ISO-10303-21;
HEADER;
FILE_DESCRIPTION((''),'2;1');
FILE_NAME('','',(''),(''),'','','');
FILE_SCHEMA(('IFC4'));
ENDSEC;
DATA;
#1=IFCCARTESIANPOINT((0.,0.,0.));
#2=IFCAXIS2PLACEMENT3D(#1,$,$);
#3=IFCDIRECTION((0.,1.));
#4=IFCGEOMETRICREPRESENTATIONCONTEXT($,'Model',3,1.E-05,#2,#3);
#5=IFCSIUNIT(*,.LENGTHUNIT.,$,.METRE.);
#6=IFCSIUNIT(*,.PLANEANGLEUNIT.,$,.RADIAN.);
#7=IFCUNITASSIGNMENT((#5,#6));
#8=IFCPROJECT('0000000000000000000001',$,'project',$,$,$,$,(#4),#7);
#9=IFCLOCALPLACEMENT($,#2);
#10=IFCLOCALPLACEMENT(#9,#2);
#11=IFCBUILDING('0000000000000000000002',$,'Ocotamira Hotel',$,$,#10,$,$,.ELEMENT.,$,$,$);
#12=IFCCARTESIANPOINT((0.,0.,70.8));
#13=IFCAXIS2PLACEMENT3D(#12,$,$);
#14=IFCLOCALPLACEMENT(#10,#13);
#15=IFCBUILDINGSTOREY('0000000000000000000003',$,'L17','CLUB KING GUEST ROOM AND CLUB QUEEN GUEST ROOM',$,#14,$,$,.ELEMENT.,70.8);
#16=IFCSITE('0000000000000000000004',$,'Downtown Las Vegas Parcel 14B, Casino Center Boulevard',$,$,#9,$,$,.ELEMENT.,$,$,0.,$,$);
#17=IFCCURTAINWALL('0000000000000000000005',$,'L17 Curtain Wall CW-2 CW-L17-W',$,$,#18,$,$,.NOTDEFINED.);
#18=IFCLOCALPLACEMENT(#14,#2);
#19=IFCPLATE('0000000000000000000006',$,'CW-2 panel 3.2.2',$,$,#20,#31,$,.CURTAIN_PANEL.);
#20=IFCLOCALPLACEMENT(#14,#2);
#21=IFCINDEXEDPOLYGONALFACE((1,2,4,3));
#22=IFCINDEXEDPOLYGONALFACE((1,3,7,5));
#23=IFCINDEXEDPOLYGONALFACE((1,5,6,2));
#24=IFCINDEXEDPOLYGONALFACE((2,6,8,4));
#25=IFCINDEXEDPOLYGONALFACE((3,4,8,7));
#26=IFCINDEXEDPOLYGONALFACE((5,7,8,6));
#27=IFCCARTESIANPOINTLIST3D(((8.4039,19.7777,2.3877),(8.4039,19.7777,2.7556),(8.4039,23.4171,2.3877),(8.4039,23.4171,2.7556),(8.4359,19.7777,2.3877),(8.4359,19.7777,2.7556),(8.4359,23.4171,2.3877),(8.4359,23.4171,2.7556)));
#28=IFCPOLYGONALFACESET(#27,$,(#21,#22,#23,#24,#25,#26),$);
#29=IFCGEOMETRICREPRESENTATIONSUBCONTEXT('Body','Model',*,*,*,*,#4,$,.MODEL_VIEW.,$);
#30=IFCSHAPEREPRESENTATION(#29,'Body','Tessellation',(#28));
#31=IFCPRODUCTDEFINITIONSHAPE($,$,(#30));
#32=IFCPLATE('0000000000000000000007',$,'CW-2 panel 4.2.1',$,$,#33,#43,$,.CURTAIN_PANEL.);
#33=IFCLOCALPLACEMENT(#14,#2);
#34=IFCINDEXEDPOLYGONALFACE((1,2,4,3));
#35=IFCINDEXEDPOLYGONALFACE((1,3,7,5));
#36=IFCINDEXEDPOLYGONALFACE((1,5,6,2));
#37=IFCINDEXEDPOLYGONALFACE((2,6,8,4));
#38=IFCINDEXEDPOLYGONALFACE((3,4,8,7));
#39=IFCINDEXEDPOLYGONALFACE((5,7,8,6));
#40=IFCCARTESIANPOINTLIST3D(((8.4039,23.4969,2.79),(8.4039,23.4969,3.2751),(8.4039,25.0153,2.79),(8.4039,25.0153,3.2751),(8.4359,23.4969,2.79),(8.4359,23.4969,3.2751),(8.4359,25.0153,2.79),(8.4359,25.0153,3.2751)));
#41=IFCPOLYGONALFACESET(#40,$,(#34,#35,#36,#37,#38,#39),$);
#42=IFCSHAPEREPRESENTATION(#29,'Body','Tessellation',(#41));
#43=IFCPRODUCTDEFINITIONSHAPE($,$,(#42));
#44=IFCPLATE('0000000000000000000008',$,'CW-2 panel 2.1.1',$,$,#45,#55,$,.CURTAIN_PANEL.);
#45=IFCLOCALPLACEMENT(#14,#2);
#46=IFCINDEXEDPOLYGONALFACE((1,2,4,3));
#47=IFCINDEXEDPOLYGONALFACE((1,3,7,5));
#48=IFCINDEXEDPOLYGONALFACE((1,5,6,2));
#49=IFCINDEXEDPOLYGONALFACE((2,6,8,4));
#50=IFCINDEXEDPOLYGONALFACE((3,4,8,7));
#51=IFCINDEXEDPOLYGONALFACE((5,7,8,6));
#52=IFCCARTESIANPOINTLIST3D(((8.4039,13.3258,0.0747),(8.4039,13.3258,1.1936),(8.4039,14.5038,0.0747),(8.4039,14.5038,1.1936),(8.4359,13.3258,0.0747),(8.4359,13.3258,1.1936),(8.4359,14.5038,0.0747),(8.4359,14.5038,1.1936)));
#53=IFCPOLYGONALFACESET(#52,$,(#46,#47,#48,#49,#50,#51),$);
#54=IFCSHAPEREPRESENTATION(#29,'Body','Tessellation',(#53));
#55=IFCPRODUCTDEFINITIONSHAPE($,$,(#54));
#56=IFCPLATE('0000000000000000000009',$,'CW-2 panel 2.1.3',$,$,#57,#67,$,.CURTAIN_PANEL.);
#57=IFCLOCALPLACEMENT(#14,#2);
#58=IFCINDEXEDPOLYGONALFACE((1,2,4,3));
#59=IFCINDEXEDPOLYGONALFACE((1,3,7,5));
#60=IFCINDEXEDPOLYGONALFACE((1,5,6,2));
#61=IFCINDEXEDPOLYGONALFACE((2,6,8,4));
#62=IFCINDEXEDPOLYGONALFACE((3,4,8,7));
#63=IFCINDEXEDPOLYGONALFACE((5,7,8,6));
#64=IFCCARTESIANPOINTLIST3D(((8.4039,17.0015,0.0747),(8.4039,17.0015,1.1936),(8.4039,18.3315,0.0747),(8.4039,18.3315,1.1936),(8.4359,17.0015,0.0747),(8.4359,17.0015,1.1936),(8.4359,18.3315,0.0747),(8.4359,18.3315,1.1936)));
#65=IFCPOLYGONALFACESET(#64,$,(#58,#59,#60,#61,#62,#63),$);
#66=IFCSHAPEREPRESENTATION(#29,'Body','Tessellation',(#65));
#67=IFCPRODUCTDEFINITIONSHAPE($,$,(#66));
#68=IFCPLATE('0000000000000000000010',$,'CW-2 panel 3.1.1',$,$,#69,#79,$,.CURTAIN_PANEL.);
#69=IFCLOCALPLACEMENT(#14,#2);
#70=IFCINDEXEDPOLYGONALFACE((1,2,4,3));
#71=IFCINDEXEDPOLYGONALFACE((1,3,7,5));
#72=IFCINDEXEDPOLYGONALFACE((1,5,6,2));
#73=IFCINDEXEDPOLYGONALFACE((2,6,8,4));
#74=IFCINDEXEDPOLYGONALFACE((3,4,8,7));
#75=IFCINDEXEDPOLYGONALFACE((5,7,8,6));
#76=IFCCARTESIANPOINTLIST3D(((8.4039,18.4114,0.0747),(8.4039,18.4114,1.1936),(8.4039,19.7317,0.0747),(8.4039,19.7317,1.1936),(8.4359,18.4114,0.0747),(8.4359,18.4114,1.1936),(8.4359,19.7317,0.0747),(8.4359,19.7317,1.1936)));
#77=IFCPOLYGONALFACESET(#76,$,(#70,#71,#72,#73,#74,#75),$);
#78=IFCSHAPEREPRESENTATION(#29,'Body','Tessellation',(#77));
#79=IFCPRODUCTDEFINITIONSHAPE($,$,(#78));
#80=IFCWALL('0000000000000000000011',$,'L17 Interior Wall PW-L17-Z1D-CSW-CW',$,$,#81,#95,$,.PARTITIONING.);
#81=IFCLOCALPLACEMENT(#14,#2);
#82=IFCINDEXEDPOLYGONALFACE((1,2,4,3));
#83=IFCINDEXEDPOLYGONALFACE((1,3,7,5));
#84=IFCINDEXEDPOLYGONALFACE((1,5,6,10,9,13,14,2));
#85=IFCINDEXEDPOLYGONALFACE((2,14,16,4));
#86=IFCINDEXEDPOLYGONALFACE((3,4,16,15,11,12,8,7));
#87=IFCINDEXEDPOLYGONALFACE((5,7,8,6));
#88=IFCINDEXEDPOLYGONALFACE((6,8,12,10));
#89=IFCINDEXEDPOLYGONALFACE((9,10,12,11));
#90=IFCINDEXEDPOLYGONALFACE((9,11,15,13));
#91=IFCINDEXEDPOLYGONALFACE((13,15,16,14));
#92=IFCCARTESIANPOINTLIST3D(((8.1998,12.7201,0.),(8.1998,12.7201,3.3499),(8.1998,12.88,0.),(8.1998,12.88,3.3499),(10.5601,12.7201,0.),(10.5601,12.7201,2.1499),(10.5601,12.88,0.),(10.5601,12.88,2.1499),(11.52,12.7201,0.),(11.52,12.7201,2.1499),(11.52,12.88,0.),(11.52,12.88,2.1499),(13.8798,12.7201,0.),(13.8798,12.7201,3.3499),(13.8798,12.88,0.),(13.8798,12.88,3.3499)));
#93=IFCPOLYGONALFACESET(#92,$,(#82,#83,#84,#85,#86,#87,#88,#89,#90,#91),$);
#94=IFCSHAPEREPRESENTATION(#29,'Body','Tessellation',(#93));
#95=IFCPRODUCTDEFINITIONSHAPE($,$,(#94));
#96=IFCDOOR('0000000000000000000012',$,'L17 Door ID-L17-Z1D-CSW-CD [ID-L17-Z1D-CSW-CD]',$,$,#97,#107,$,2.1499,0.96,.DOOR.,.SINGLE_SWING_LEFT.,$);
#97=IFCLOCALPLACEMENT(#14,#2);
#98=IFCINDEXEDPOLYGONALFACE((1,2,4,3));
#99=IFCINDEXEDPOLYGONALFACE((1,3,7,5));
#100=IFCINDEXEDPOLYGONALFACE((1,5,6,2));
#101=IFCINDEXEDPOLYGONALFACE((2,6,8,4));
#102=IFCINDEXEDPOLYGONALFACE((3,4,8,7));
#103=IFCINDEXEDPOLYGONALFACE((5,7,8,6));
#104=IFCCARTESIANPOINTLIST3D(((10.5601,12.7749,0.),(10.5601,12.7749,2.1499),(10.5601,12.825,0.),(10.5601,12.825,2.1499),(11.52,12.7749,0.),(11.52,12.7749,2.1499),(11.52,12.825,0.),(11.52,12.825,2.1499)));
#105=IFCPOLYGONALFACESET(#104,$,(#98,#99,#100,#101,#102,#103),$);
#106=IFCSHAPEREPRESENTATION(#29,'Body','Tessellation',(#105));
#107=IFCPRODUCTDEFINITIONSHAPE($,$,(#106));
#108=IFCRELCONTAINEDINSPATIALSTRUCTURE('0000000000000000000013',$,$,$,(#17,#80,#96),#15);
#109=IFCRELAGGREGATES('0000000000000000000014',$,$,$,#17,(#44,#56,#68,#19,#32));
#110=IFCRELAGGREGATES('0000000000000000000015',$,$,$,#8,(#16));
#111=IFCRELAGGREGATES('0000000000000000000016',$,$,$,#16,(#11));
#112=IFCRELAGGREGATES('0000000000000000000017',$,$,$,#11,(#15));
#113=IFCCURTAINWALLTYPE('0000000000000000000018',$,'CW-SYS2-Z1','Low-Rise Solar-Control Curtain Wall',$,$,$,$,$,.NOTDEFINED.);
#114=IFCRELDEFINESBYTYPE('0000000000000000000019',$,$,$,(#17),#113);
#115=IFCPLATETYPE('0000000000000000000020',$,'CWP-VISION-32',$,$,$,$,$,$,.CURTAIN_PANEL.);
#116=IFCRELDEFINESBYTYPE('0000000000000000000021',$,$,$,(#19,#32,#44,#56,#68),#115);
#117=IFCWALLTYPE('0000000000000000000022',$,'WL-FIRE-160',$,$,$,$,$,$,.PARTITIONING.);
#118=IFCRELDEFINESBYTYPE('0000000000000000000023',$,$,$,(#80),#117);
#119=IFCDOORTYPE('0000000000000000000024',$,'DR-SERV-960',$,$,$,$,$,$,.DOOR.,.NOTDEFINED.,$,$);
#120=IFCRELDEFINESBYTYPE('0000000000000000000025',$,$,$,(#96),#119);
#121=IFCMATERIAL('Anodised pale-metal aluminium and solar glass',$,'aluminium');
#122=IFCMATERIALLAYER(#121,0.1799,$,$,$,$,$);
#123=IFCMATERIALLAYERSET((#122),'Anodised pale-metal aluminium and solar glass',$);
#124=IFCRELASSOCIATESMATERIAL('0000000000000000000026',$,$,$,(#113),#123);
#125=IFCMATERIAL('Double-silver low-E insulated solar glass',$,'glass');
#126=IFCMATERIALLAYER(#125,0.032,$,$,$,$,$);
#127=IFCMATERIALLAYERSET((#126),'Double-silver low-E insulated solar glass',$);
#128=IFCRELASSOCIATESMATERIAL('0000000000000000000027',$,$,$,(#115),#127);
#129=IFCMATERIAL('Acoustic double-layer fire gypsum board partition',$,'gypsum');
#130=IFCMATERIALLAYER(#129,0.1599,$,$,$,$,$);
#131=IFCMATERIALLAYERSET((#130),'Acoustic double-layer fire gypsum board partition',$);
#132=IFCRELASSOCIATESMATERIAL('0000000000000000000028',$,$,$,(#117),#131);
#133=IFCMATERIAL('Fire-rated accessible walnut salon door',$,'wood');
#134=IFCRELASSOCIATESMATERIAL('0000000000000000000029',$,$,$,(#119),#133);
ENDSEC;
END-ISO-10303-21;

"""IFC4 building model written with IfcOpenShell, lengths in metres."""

from ifc_helpers import new_model, si_unit, direction, frame, frame_2d, origin, origin_2d, place, context, subcontext, project, spatial, rectangle, extrude, source, transform, mapped, material, layer, layer_set, type_object, element, fill, aggregate, save


model = new_model("IFC4")

# Units and contexts
model_context = context("Model", 3, precision=1e-05, world=origin(), true_north=direction((0.0, 1.0)))
body_context = subcontext(model_context, "Body", "Model", "MODEL_VIEW")
ifc_project = project(units=[si_unit("LENGTHUNIT", "METRE"), si_unit("PLANEANGLEUNIT", "RADIAN")], contexts=[model_context])

# Site, building, storey
site_placement = place(None, origin())
site = spatial("IfcSite", under=ifc_project, at=site_placement, Name="Downtown Las Vegas Parcel 14B, Casino Center Boulevard", CompositionType="ELEMENT", RefElevation=0.0)
building_placement = place(site_placement, origin())
building = spatial("IfcBuilding", under=site, at=building_placement, Name="Ocotamira Hotel", CompositionType="ELEMENT")
storey_placement = place(building_placement, frame((0.0, 0.0, 70.8)))
storey = spatial("IfcBuildingStorey", under=building, at=storey_placement, Name="L17", Description="CLUB KING GUEST ROOM AND CLUB QUEEN GUEST ROOM", CompositionType="ELEMENT", Elevation=70.8)

# Curtain wall
ifc_material_1 = material(Name="Anodised pale-metal aluminium and solar glass", Category="aluminium")
ifc_layer_1 = layer(ifc_material_1, 0.1799)
ifc_layer_set_1 = layer_set([ifc_layer_1], Name="Anodised pale-metal aluminium and solar glass")
curtain_wall_type = type_object("IfcCurtainWallType", Name="CW-SYS2-Z1", Description="Low-Rise Solar-Control Curtain Wall", PredefinedType="NOTDEFINED", material=ifc_layer_set_1)
curtain_wall_placement = place(storey_placement, origin())
curtain_wall = element("IfcCurtainWall", 1, at=curtain_wall_placement, inside=storey, type_object=curtain_wall_type, Name="L17 Curtain Wall CW-2 CW-L17-W", PredefinedType="NOTDEFINED")

# Plates
ifc_material_2 = material(Name="Double-silver low-E insulated solar glass", Category="glass")
ifc_layer_2 = layer(ifc_material_2, 0.032)
ifc_layer_set_2 = layer_set([ifc_layer_2], Name="Double-silver low-E insulated solar glass")
plate_type_1 = type_object("IfcPlateType", Name="CWP-VISION-32", PredefinedType="CURTAIN_PANEL", material=ifc_layer_set_2)
shared_shape_1 = source(origin(), body_context, "Body", "SweptSolid", [
    extrude(rectangle(XDim=3.6394, YDim=0.032, at=origin_2d()), origin(), (0.0, 0.0, 1.0), 0.3679),
])
plate_1_placement = place(storey_placement, frame((8.4199, 21.5974, 2.3877), z_axis=(0.0, 0.0, 1.0), x_axis=(0.0, 1.0, 0.0)))
plate_1 = element("IfcPlate", 2, at=plate_1_placement, type_object=plate_type_1, Name="CW-2 panel 3.2.2", PredefinedType="CURTAIN_PANEL", context=body_context, shape_type="MappedRepresentation", body=[
    mapped(shared_shape_1, transform((0.0, 0.0, 0.0), scale=1.0)),
])
shared_shape_2 = source(origin(), body_context, "Body", "SweptSolid", [
    extrude(rectangle(XDim=1.5183, YDim=0.032, at=origin_2d()), origin(), (0.0, 0.0, 1.0), 0.4851),
])
plate_2_placement = place(storey_placement, frame((8.4199, 24.2561, 2.79), z_axis=(0.0, 0.0, 1.0), x_axis=(0.0, 1.0, 0.0)))
plate_2 = element("IfcPlate", 3, at=plate_2_placement, type_object=plate_type_1, Name="CW-2 panel 4.2.1", PredefinedType="CURTAIN_PANEL", context=body_context, shape_type="MappedRepresentation", body=[
    mapped(shared_shape_2, transform((0.0, 0.0, 0.0), scale=1.0)),
])
shared_shape_3 = source(origin(), body_context, "Body", "SweptSolid", [
    extrude(rectangle(XDim=1.178, YDim=0.032, at=origin_2d()), origin(), (0.0, 0.0, 1.0), 1.1189),
])
plate_3_placement = place(storey_placement, frame((8.4199, 13.9148, 0.0747), z_axis=(0.0, 0.0, 1.0), x_axis=(0.0, 1.0, 0.0)))
plate_3 = element("IfcPlate", 4, at=plate_3_placement, type_object=plate_type_1, Name="CW-2 panel 2.1.1", PredefinedType="CURTAIN_PANEL", context=body_context, shape_type="MappedRepresentation", body=[
    mapped(shared_shape_3, transform((0.0, 0.0, 0.0), scale=1.0)),
])
shared_shape_4 = source(origin(), body_context, "Body", "SweptSolid", [
    extrude(rectangle(XDim=1.3301, YDim=0.032, at=origin_2d()), origin(), (0.0, 0.0, 1.0), 1.1189),
])
plate_4_placement = place(storey_placement, frame((8.4199, 17.6665, 0.0747), z_axis=(0.0, 0.0, 1.0), x_axis=(0.0, 1.0, 0.0)))
plate_4 = element("IfcPlate", 5, at=plate_4_placement, type_object=plate_type_1, Name="CW-2 panel 2.1.3", PredefinedType="CURTAIN_PANEL", context=body_context, shape_type="MappedRepresentation", body=[
    mapped(shared_shape_4, transform((0.0, 0.0, 0.0), scale=1.0)),
])
shared_shape_5 = source(origin(), body_context, "Body", "SweptSolid", [
    extrude(rectangle(XDim=1.3203, YDim=0.032, at=origin_2d()), origin(), (0.0, 0.0, 1.0), 1.1189),
])
plate_5_placement = place(storey_placement, frame((8.4199, 19.0715, 0.0747), z_axis=(0.0, 0.0, 1.0), x_axis=(0.0, 1.0, 0.0)))
plate_5 = element("IfcPlate", 6, at=plate_5_placement, type_object=plate_type_1, Name="CW-2 panel 3.1.1", PredefinedType="CURTAIN_PANEL", context=body_context, shape_type="MappedRepresentation", body=[
    mapped(shared_shape_5, transform((0.0, 0.0, 0.0), scale=1.0)),
])
aggregate(curtain_wall, [plate_3, plate_4, plate_5, plate_1, plate_2])

# Wall, opening, door
ifc_material_3 = material(Name="Acoustic double-layer fire gypsum board partition", Category="gypsum")
ifc_layer_3 = layer(ifc_material_3, 0.1599)
ifc_layer_set_3 = layer_set([ifc_layer_3], Name="Acoustic double-layer fire gypsum board partition")
wall_type_1 = type_object("IfcWallType", Name="WL-FIRE-160", PredefinedType="PARTITIONING", material=ifc_layer_set_3)
wall_1_placement = place(storey_placement, frame((8.2, 12.8, 0.0), z_axis=(0.0, 0.0, 1.0), x_axis=(1.0, 0.0, 0.0)))
wall_1 = element("IfcWall", 7, at=wall_1_placement, inside=storey, type_object=wall_type_1, Name="L17 Interior Wall PW-L17-Z1D-CSW-CW", PredefinedType="PARTITIONING", context=body_context, shape_type="SweptSolid", body=[
    extrude(rectangle(XDim=5.6799, YDim=0.1599, at=frame_2d((2.8398, 0.0))), origin(), (0.0, 0.0, 1.0), 3.3499),
])
opening_1_placement = place(wall_1_placement, frame((2.3601, 0.0, 0.0)))
opening_1 = element("IfcOpeningElement", 8, at=opening_1_placement, cuts=wall_1, PredefinedType="OPENING", context=body_context, shape_type="SweptSolid", body=[
    extrude(rectangle(XDim=0.96, YDim=2.1499, at=frame_2d((0.48, 1.075))), frame((0.0, 0.0898, 0.0), z_axis=(0.0, -1.0, 0.0), x_axis=(1.0, 0.0, 0.0)), (0.0, 0.0, 1.0), 0.1799),
])
ifc_material_4 = material(Name="Fire-rated accessible walnut salon door", Category="wood")
door_type_1 = type_object("IfcDoorType", Name="DR-SERV-960", OperationType="NOTDEFINED", PredefinedType="DOOR", material=ifc_material_4)
shared_shape_6 = source(origin(), body_context, "Body", "SweptSolid", [
    extrude(rectangle(XDim=0.96, YDim=2.1499, at=frame_2d((0.48, 1.075))), frame((0.0, 0.0249, 0.0), z_axis=(0.0, -1.0, 0.0), x_axis=(1.0, 0.0, 0.0)), (0.0, 0.0, 1.0), 0.05),
])
door_1_placement = place(opening_1_placement, origin())
door_1 = element("IfcDoor", 9, at=door_1_placement, inside=storey, type_object=door_type_1, Name="L17 Door ID-L17-Z1D-CSW-CD [ID-L17-Z1D-CSW-CD]", OperationType="SINGLE_SWING_LEFT", OverallHeight=2.1499, OverallWidth=0.96, PredefinedType="DOOR", context=body_context, shape_type="MappedRepresentation", body=[
    mapped(shared_shape_6, transform((0.0, 0.0, 0.0), scale=1.0)),
])
fill(opening_1, door_1)

save(model, "model.ifc")
